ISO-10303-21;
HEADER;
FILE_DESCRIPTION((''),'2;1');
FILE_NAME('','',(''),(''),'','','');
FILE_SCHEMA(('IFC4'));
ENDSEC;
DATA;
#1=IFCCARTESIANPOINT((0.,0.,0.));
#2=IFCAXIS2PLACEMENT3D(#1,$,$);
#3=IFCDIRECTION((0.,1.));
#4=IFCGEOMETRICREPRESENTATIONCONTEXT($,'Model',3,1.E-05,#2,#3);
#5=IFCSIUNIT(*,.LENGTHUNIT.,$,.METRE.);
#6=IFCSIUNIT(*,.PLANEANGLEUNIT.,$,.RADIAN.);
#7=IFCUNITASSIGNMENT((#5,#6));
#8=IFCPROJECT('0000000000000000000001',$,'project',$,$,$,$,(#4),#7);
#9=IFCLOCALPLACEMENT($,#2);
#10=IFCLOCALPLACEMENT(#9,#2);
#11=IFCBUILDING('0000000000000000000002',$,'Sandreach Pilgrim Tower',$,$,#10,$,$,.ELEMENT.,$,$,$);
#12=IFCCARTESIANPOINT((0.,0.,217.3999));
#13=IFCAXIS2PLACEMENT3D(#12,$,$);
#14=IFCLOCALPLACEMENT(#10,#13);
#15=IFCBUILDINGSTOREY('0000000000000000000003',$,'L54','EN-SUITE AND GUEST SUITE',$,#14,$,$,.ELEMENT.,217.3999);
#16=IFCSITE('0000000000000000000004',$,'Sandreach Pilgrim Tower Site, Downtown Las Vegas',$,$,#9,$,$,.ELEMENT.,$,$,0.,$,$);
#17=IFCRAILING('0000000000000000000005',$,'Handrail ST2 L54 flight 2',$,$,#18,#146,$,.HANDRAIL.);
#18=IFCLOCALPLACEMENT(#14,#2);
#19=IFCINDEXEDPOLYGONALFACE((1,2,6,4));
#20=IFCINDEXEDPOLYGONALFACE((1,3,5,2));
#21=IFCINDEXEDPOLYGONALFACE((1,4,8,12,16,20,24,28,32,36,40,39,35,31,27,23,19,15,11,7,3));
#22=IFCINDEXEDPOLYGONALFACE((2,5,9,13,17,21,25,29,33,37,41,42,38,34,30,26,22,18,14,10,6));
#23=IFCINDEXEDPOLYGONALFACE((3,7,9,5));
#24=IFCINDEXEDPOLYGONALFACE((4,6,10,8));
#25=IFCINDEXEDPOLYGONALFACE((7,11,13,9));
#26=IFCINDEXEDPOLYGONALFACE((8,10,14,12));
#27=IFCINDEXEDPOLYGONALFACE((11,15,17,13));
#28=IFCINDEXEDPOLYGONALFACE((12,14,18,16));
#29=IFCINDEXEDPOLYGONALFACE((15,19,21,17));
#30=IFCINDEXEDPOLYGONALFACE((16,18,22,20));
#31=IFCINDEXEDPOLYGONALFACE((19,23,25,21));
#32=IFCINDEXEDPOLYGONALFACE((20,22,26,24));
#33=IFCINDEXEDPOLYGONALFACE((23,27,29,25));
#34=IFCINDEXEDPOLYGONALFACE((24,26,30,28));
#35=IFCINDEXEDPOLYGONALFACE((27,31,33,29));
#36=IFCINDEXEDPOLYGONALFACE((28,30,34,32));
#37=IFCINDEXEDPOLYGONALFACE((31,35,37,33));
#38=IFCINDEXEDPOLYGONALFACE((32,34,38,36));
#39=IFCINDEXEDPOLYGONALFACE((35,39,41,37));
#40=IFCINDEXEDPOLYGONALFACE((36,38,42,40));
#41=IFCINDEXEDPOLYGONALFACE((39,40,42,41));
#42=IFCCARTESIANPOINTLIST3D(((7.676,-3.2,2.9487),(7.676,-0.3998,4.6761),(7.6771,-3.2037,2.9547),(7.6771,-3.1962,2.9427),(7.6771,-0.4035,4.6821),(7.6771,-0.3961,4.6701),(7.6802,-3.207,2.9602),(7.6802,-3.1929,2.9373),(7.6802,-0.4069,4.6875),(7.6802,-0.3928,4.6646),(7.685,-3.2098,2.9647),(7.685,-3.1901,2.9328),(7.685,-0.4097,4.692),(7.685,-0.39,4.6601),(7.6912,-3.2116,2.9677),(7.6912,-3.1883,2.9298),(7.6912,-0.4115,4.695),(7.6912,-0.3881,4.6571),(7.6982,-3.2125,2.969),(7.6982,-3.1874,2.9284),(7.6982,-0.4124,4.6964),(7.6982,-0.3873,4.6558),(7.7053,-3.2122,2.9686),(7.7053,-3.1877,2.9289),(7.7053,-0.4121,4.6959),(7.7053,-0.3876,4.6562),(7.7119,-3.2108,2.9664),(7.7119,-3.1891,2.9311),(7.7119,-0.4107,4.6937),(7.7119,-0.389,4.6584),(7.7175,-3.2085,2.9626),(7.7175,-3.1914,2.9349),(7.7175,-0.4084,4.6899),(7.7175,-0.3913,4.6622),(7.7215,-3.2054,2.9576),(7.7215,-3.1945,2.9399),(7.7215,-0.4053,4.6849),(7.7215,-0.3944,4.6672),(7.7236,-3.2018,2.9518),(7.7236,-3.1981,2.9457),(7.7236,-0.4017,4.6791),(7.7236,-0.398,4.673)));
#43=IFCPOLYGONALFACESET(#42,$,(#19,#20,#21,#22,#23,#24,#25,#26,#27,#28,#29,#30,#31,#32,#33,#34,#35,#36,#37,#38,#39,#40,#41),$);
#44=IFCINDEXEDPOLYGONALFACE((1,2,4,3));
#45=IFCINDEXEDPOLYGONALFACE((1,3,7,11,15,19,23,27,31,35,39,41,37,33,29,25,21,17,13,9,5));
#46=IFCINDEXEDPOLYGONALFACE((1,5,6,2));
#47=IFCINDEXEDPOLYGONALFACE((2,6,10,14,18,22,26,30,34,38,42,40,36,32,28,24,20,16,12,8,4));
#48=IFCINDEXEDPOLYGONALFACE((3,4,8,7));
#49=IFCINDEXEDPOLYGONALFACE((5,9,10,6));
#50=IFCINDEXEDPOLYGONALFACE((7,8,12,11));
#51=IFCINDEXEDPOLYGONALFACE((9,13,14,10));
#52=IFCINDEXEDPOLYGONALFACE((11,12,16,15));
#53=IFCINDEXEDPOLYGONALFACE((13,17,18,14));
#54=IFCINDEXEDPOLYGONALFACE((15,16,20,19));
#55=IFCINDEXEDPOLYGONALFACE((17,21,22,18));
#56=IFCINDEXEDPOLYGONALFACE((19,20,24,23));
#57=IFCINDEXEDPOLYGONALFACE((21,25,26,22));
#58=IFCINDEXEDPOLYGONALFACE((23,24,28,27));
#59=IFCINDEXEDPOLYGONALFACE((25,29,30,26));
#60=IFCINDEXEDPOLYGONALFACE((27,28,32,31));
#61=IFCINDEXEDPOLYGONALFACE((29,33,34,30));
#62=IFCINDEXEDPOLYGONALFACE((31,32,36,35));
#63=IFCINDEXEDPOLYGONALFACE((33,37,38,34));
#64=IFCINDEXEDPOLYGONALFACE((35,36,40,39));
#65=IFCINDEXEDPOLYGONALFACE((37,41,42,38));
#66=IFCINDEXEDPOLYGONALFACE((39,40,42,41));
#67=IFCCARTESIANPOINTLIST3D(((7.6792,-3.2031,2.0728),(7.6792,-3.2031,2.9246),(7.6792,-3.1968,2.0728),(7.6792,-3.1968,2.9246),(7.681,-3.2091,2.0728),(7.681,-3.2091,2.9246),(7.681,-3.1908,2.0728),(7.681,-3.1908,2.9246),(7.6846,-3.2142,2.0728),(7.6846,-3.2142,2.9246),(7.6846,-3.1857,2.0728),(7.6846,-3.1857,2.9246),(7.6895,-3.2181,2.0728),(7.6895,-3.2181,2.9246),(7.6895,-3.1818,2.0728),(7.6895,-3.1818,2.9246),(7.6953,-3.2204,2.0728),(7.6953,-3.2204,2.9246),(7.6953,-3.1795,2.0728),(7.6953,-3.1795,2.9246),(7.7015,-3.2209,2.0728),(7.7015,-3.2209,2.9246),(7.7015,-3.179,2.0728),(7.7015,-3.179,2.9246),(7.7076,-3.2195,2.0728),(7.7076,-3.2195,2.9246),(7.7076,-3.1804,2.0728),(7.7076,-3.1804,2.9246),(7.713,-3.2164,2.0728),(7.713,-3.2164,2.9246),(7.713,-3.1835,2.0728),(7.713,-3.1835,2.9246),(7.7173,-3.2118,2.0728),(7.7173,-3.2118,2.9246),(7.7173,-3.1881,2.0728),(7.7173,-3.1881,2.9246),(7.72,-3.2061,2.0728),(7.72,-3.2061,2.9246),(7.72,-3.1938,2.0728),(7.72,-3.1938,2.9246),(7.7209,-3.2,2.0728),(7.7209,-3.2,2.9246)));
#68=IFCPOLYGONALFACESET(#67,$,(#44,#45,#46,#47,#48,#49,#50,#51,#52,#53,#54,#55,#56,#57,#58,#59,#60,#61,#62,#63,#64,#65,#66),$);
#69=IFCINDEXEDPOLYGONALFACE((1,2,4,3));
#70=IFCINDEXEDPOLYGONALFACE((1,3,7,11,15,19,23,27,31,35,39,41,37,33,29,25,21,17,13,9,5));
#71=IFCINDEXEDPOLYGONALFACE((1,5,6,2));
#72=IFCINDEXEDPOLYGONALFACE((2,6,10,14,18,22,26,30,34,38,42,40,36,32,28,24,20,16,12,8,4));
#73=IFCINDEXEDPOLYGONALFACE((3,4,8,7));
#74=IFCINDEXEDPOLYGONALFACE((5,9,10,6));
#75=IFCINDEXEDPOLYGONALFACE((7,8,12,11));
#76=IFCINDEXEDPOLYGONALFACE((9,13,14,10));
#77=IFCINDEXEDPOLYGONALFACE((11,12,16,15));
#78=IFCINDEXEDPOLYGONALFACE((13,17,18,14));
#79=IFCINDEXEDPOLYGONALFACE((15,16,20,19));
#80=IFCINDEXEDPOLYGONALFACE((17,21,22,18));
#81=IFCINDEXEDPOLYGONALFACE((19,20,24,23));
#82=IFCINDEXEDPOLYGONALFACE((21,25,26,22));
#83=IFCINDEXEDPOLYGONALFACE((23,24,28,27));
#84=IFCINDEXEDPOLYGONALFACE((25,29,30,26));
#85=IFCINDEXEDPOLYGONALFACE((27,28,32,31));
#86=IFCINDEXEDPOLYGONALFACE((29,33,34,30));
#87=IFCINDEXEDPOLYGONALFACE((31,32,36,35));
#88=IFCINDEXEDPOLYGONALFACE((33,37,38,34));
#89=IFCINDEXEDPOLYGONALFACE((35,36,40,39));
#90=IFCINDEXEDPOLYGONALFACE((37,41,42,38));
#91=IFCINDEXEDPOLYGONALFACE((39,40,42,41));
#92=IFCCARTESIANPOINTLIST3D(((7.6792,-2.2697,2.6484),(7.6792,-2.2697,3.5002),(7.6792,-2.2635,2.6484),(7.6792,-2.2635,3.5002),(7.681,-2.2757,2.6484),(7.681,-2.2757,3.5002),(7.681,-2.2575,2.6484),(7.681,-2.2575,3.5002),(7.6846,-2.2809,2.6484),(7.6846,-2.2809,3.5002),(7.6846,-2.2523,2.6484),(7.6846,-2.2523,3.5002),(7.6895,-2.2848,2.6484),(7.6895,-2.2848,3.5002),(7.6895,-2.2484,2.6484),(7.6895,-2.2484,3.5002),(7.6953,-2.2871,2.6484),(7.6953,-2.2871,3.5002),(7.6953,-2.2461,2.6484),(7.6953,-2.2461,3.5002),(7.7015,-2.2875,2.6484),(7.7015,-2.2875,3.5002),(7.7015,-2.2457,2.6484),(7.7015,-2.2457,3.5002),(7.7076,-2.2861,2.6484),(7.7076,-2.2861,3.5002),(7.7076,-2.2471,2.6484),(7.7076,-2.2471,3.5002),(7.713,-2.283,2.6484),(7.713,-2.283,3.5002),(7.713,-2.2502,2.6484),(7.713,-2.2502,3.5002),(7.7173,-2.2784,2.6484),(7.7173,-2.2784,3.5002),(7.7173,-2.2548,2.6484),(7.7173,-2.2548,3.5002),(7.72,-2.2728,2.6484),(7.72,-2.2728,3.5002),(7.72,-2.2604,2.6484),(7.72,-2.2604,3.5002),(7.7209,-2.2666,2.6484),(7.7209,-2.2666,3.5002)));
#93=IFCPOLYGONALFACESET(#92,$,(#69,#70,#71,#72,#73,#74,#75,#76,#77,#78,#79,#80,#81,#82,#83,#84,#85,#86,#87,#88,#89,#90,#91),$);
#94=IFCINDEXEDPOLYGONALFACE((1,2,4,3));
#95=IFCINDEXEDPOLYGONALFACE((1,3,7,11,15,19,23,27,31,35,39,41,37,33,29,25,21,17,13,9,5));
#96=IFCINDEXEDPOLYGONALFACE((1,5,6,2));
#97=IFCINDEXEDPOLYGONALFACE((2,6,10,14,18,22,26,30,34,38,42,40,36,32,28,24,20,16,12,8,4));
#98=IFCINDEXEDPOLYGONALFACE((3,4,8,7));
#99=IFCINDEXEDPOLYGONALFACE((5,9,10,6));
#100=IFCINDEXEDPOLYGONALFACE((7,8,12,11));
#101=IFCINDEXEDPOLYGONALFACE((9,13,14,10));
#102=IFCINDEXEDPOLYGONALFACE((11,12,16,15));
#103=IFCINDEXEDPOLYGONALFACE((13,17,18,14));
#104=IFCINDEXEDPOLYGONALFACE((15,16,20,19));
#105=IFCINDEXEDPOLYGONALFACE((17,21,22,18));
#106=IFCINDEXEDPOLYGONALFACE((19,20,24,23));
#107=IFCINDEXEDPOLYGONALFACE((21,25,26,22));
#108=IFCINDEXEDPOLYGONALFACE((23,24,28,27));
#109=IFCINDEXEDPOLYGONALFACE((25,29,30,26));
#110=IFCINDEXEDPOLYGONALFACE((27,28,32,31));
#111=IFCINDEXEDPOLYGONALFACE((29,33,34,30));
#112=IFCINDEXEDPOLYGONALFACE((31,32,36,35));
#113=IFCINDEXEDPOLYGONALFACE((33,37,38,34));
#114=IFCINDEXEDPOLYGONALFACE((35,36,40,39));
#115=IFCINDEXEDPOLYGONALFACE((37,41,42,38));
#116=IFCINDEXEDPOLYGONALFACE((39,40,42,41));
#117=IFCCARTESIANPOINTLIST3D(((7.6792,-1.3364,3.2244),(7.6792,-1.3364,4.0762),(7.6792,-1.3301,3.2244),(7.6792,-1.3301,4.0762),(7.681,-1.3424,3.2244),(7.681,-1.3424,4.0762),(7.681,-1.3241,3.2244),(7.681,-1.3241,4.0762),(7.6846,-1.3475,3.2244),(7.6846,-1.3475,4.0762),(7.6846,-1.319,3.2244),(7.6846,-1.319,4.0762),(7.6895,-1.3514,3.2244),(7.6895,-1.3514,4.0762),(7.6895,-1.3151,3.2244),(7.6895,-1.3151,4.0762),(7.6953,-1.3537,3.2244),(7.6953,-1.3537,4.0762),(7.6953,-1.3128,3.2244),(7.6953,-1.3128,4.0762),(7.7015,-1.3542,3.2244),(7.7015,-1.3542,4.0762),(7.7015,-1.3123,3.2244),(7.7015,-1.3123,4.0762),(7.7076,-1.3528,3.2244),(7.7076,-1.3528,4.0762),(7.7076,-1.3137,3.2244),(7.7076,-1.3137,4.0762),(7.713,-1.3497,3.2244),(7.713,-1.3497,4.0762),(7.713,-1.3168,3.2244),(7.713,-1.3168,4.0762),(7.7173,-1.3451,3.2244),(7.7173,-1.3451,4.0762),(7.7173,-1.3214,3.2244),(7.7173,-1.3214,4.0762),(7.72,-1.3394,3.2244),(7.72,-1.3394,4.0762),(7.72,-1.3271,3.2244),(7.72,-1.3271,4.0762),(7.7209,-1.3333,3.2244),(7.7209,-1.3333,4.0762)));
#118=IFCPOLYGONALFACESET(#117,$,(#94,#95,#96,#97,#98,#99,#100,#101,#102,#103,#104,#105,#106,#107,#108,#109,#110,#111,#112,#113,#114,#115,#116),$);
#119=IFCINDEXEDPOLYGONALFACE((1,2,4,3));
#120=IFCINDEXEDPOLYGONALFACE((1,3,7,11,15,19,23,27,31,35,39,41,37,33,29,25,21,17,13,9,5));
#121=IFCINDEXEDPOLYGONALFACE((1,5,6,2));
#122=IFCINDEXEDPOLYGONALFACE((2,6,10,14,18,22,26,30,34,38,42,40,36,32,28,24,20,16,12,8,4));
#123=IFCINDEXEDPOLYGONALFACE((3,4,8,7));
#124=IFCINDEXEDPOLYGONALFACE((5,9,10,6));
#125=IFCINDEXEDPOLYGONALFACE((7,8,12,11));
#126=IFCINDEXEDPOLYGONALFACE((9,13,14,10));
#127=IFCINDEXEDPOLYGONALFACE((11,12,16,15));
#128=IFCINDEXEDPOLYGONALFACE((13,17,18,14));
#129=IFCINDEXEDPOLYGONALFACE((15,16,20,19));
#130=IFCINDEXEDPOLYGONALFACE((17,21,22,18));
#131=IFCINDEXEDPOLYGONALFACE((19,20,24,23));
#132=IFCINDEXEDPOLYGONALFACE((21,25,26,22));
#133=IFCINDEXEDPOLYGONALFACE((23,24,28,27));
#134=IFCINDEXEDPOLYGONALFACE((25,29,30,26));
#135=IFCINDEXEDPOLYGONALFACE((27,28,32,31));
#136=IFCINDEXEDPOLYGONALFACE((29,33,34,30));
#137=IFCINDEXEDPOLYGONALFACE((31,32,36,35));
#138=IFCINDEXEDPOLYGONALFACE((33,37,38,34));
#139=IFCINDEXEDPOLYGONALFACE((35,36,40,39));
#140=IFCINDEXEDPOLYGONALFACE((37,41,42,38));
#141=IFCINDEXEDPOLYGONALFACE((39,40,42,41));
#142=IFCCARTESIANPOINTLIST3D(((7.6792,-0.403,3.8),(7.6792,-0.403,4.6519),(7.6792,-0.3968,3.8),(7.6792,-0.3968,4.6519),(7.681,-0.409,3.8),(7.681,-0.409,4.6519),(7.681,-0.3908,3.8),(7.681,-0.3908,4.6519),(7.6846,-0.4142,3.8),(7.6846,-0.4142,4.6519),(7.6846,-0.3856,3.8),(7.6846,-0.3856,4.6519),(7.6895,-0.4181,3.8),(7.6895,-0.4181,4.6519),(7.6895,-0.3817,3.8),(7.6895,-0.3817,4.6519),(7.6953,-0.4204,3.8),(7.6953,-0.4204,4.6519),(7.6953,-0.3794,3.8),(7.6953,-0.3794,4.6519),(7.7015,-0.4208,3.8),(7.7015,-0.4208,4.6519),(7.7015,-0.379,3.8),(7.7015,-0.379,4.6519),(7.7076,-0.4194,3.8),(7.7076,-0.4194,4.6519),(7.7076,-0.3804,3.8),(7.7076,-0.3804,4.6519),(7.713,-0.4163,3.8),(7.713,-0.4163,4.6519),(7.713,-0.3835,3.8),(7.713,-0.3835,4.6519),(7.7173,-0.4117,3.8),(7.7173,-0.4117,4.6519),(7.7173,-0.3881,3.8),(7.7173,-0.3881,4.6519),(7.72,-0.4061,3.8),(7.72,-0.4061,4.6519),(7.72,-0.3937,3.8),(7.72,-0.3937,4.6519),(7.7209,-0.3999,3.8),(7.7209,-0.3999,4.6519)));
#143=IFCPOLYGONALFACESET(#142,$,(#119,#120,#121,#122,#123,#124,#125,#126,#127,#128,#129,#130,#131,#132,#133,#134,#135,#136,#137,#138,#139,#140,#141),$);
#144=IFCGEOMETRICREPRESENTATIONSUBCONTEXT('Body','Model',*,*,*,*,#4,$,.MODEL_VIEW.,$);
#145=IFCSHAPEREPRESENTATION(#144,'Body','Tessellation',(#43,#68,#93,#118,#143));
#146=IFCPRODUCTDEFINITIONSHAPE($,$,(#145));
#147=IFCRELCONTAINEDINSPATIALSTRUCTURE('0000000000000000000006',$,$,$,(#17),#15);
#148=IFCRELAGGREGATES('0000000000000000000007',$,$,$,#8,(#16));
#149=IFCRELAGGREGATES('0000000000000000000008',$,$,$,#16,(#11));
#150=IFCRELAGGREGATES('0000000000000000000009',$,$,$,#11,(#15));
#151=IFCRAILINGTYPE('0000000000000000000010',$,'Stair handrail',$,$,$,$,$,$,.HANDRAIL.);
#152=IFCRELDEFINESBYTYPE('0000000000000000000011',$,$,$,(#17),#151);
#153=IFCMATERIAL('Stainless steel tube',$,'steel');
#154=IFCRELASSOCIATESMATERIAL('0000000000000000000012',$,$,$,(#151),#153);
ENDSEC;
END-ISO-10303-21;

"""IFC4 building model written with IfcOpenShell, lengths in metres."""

from ifc_helpers import new_model, si_unit, direction, frame, origin, origin_2d, place, context, subcontext, project, spatial, circle, extrude, material, type_object, element, save


model = new_model("IFC4")

# Units and contexts
model_context = context("Model", 3, precision=1e-05, world=origin(), true_north=direction((0.0, 1.0)))
body_context = subcontext(model_context, "Body", "Model", "MODEL_VIEW")
ifc_project = project(units=[si_unit("LENGTHUNIT", "METRE"), si_unit("PLANEANGLEUNIT", "RADIAN")], contexts=[model_context])

# Site, building, storey
site_placement = place(None, origin())
site = spatial("IfcSite", under=ifc_project, at=site_placement, Name="Sandreach Pilgrim Tower Site, Downtown Las Vegas", CompositionType="ELEMENT", RefElevation=0.0)
building_placement = place(site_placement, origin())
building = spatial("IfcBuilding", under=site, at=building_placement, Name="Sandreach Pilgrim Tower", CompositionType="ELEMENT")
storey_placement = place(building_placement, frame((0.0, 0.0, 217.3999)))
storey = spatial("IfcBuildingStorey", under=building, at=storey_placement, Name="L54", Description="EN-SUITE AND GUEST SUITE", CompositionType="ELEMENT", Elevation=217.3999)

# Railing
ifc_material_1 = material(Name="Stainless steel tube", Category="steel")
railing_type = type_object("IfcRailingType", Name="Stair handrail", PredefinedType="HANDRAIL", material=ifc_material_1)
for number, where, name in (
    (1, (7.7, -3.2, 2.0728), "Handrail ST2 L54 flight 2"),
):
    element("IfcRailing", number, at=place(storey_placement, frame(where)), inside=storey, type_object=railing_type, Name=name, PredefinedType="HANDRAIL", context=body_context, shape_type="SweptSolid", body=[
        extrude(circle(Radius=0.0239, at=origin_2d()), frame((0.0, 0.0, 0.876), z_axis=(0.0, 0.85109, 0.52502), x_axis=(-1.0, 0.0, 0.0)), (0.0, 0.0, 1.0), 3.29),
        extrude(circle(Radius=0.021, at=origin_2d()), origin(), (0.0, 0.0, 1.0), 0.8518),
        extrude(circle(Radius=0.021, at=origin_2d()), frame((0.0, 0.9333, 0.5757)), (0.0, 0.0, 1.0), 0.8518),
        extrude(circle(Radius=0.021, at=origin_2d()), frame((0.0, 1.8667, 1.1516)), (0.0, 0.0, 1.0), 0.8518),
        extrude(circle(Radius=0.021, at=origin_2d()), frame((0.0, 2.8, 1.7273)), (0.0, 0.0, 1.0), 0.8518),
    ])

save(model, "model.ifc")
